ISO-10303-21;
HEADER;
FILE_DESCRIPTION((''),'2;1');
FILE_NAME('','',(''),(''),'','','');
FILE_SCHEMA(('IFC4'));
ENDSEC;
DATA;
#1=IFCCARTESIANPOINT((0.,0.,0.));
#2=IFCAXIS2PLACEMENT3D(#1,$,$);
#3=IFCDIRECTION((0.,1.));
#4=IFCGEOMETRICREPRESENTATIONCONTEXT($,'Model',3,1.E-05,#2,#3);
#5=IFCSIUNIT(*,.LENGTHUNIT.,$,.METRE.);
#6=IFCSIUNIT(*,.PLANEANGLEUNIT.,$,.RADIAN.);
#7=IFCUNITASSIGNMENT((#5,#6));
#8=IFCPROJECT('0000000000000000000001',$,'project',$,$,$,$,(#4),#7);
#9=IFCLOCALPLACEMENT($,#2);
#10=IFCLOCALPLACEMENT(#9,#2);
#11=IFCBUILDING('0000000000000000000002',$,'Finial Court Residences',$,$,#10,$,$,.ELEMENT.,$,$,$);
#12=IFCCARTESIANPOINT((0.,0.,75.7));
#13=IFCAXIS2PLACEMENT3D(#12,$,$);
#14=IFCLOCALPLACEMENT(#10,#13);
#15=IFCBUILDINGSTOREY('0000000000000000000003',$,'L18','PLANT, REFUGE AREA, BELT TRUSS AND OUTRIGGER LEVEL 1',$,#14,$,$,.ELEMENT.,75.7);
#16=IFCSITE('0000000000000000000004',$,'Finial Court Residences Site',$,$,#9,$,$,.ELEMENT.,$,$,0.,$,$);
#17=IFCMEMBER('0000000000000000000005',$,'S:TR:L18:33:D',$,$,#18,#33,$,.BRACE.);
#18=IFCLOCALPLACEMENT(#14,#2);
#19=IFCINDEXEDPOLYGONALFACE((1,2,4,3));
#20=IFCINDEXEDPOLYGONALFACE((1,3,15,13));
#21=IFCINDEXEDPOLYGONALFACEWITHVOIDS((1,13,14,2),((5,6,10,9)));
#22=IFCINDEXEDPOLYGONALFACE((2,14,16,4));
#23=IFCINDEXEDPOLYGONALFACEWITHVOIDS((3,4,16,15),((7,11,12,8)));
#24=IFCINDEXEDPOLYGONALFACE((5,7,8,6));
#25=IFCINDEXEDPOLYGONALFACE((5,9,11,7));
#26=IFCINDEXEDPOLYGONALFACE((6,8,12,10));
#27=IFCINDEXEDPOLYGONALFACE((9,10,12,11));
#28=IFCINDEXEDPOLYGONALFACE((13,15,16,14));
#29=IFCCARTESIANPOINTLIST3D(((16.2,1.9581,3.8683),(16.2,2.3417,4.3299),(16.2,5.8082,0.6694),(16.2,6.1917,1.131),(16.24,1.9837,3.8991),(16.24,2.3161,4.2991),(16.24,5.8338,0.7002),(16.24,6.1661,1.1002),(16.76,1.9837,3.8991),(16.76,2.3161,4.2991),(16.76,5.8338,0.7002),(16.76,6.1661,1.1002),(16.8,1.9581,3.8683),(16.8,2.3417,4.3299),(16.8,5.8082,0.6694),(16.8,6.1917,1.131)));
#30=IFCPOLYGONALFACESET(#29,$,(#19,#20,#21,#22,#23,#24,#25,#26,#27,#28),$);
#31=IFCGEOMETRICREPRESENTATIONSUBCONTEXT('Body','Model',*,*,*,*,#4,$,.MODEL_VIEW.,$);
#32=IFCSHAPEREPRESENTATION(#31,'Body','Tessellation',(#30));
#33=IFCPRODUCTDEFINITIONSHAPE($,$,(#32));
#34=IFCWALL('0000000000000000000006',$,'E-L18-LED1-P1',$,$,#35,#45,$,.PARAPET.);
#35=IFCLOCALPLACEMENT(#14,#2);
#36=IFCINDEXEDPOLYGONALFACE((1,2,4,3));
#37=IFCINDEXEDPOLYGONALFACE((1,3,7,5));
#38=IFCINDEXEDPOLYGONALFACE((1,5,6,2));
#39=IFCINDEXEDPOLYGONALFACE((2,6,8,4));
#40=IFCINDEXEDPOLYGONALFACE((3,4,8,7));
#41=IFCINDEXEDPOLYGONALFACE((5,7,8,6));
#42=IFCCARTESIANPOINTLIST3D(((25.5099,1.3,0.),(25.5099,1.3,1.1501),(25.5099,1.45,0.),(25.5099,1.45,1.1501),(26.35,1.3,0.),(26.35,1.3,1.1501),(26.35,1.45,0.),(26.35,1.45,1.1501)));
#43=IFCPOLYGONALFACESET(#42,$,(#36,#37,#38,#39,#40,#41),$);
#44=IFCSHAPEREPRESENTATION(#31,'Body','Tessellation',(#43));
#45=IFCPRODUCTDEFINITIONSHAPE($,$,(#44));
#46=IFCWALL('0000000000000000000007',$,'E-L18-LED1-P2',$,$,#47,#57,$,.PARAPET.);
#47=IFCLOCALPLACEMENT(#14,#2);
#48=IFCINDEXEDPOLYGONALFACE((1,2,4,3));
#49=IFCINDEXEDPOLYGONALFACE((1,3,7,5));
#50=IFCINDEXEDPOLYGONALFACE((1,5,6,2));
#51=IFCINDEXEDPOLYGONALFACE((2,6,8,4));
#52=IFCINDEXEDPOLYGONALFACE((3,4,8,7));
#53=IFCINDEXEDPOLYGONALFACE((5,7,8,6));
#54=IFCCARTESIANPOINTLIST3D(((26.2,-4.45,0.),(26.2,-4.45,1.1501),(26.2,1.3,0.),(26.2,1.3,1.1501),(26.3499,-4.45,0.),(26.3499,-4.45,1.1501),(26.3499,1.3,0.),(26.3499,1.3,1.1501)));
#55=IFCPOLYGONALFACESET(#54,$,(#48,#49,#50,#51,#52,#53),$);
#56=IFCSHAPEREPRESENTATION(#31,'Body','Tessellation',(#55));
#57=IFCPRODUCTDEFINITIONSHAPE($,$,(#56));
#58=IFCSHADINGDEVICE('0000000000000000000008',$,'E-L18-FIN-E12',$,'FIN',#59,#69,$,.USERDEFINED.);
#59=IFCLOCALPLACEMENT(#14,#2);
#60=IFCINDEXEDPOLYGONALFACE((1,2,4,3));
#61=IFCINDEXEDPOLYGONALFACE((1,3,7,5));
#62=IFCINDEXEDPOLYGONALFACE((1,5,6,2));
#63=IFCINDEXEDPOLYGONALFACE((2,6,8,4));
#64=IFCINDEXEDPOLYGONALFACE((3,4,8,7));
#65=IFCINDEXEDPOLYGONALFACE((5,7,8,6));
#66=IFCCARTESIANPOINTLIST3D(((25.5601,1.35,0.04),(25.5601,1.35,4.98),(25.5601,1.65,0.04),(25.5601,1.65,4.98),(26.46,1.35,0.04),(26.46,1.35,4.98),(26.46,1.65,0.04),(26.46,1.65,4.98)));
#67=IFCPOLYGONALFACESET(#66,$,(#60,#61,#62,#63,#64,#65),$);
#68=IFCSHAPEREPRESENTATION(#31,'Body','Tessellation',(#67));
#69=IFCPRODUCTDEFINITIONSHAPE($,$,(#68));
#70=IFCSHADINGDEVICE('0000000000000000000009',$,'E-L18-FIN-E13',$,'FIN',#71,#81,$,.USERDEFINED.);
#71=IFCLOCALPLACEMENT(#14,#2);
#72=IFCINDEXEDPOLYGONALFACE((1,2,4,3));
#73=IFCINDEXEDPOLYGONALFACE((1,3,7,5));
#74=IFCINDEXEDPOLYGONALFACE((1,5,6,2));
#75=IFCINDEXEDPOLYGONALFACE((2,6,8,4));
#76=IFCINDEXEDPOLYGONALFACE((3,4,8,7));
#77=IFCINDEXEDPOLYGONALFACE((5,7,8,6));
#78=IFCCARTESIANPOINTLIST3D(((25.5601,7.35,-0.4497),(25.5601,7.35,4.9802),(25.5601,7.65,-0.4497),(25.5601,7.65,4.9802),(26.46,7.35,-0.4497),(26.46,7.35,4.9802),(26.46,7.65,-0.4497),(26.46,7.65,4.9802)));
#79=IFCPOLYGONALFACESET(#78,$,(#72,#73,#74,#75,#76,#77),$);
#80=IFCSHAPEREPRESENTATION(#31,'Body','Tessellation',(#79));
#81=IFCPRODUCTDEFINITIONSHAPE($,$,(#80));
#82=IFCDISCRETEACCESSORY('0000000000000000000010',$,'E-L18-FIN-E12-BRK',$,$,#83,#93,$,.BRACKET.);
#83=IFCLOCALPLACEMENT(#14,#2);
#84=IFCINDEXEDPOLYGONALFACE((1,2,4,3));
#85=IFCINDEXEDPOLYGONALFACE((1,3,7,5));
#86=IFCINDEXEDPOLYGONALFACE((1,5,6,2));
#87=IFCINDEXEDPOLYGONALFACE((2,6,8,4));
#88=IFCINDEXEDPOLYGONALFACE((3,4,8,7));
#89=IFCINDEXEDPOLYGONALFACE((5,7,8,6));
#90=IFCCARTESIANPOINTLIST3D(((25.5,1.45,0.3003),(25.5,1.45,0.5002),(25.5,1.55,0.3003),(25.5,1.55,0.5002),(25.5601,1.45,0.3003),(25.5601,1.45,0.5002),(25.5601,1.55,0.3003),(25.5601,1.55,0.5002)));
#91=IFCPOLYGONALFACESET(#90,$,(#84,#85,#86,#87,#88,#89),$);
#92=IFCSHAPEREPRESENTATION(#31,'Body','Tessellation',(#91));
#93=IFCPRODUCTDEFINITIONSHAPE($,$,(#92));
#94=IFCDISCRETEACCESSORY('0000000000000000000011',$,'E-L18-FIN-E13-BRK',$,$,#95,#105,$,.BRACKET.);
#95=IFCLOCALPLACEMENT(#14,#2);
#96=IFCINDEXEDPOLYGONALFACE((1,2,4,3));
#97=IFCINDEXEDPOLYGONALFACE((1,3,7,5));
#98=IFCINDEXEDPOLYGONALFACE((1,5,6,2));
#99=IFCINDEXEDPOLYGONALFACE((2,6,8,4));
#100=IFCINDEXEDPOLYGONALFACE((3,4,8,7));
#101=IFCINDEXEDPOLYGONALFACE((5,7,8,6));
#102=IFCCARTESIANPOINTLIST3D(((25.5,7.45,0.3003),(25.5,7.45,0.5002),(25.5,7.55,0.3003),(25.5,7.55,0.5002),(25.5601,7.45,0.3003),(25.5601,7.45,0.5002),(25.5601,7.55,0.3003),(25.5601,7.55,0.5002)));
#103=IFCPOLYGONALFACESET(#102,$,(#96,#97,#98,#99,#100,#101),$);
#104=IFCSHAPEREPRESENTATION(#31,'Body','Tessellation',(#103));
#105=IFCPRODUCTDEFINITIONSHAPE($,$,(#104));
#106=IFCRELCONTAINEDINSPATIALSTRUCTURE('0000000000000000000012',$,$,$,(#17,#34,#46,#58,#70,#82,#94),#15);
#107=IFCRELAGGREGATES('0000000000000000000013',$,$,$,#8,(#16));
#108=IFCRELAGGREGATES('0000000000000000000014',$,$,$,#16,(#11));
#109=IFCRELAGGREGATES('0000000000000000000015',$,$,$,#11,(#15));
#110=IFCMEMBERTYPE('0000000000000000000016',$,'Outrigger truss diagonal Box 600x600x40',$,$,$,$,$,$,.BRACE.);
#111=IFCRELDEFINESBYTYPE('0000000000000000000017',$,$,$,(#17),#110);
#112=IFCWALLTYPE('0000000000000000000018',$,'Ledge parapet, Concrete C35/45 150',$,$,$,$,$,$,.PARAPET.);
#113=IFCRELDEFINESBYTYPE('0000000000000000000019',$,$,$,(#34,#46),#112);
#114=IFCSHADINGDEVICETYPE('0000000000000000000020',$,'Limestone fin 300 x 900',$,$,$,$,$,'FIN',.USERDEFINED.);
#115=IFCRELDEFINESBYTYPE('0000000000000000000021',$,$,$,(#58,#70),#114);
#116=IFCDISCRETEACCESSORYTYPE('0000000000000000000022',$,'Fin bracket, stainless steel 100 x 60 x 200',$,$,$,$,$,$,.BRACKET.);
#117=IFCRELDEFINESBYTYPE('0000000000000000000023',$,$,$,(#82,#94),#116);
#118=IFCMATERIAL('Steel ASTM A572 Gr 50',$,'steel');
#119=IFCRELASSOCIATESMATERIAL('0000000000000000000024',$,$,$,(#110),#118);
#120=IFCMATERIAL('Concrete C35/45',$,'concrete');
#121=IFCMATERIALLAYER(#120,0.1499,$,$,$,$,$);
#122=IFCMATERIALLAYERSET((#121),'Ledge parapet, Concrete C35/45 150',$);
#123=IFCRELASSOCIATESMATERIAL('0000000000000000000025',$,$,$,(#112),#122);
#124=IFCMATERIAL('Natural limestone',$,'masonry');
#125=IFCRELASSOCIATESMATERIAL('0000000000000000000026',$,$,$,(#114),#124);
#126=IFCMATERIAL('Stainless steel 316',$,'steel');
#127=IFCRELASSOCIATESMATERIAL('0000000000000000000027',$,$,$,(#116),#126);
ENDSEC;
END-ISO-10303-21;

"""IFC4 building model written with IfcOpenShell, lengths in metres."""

from ifc_helpers import new_model, si_unit, direction, frame, frame_2d, origin, origin_2d, place, context, subcontext, project, spatial, rectangle, hollow_rectangle, extrude, material, layer, layer_set, material_profile, profile_set, type_object, element, save


model = new_model("IFC4")

# Units and contexts
model_context = context("Model", 3, precision=1e-05, world=origin(), true_north=direction((0.0, 1.0)))
body_context = subcontext(model_context, "Body", "Model", "MODEL_VIEW")
ifc_project = project(units=[si_unit("LENGTHUNIT", "METRE"), si_unit("PLANEANGLEUNIT", "RADIAN")], contexts=[model_context])

# Site, building, storey
site_placement = place(None, origin())
site = spatial("IfcSite", under=ifc_project, at=site_placement, Name="Finial Court Residences Site", CompositionType="ELEMENT", RefElevation=0.0)
building_placement = place(site_placement, origin())
building = spatial("IfcBuilding", under=site, at=building_placement, Name="Finial Court Residences", CompositionType="ELEMENT")
storey_placement = place(building_placement, frame((0.0, 0.0, 75.7)))
storey = spatial("IfcBuildingStorey", under=building, at=storey_placement, Name="L18", Description="PLANT, REFUGE AREA, BELT TRUSS AND OUTRIGGER LEVEL 1", CompositionType="ELEMENT", Elevation=75.7)

# Member
ifc_material_1 = material(Name="Steel ASTM A572 Gr 50", Category="steel")
ifc_material_profile_1 = material_profile(ifc_material_1, hollow_rectangle(XDim=0.6001, YDim=0.6001, WallThickness=0.04, at=origin_2d()), Name="Box 600x600x40")
ifc_profile_set_1 = profile_set([ifc_material_profile_1], Name="Steel ASTM A572 Gr 50")
member_type_1 = type_object("IfcMemberType", Name="Outrigger truss diagonal Box 600x600x40", PredefinedType="BRACE", material=ifc_profile_set_1)
member_placement = place(storey_placement, frame((16.5, 2.1499, 4.0991), z_axis=(0.0, 0.769148, -0.639071), x_axis=(-1.0, 0.0, 0.0)))
element("IfcMember", 1, at=member_placement, inside=storey, type_object=member_type_1, Name="S:TR:L18:33:D", PredefinedType="BRACE", context=body_context, shape_type="SweptSolid", body=[
    extrude(hollow_rectangle(XDim=0.6001, YDim=0.6001, WallThickness=0.04, at=origin_2d()), origin(), (0.0, 0.0, 1.0), 5.0056),
])

# Walls
ifc_material_2 = material(Name="Concrete C35/45", Category="concrete")
ifc_layer = layer(ifc_material_2, 0.1499)
ifc_layer_set = layer_set([ifc_layer], Name="Ledge parapet, Concrete C35/45 150")
wall_type = type_object("IfcWallType", Name="Ledge parapet, Concrete C35/45 150", PredefinedType="PARAPET", material=ifc_layer_set)
wall_1_placement = place(storey_placement, frame((25.51, 1.375, 0.0), z_axis=(0.0, 0.0, 1.0), x_axis=(1.0, 0.0, 0.0)))
element("IfcWall", 2, at=wall_1_placement, inside=storey, type_object=wall_type, Name="E-L18-LED1-P1", PredefinedType="PARAPET", context=body_context, shape_type="SweptSolid", body=[
    extrude(rectangle(XDim=0.8401, YDim=0.1499, at=frame_2d((0.4199, 0.0))), origin(), (0.0, 0.0, 1.0), 1.1501),
])
wall_2_placement = place(storey_placement, frame((26.2749, 1.3, 0.0), z_axis=(0.0, 0.0, 1.0), x_axis=(0.0, -1.0, 0.0)))
element("IfcWall", 3, at=wall_2_placement, inside=storey, type_object=wall_type, Name="E-L18-LED1-P2", PredefinedType="PARAPET", context=body_context, shape_type="SweptSolid", body=[
    extrude(rectangle(XDim=5.75, YDim=0.1499, at=frame_2d((2.875, 0.0))), origin(), (0.0, 0.0, 1.0), 1.1501),
])

# Shading devices
ifc_material_3 = material(Name="Natural limestone", Category="masonry")
shading_device_type = type_object("IfcShadingDeviceType", Name="Limestone fin 300 x 900", ElementType="FIN", PredefinedType="USERDEFINED", material=ifc_material_3)
shading_device_1_placement = place(storey_placement, frame((26.01, 1.5, 0.04), z_axis=(0.0, 0.0, 1.0), x_axis=(1.0, 0.0, 0.0)))
element("IfcShadingDevice", 4, at=shading_device_1_placement, inside=storey, type_object=shading_device_type, Name="E-L18-FIN-E12", ObjectType="FIN", PredefinedType="USERDEFINED", context=body_context, shape_type="SweptSolid", body=[
    extrude(rectangle(XDim=0.8999, YDim=0.3, at=origin_2d()), origin(), (0.0, 0.0, 1.0), 4.9399),
])
shading_device_2_placement = place(storey_placement, frame((26.01, 7.5, -0.4497), z_axis=(0.0, 0.0, 1.0), x_axis=(1.0, 0.0, 0.0)))
element("IfcShadingDevice", 5, at=shading_device_2_placement, inside=storey, type_object=shading_device_type, Name="E-L18-FIN-E13", ObjectType="FIN", PredefinedType="USERDEFINED", context=body_context, shape_type="SweptSolid", body=[
    extrude(rectangle(XDim=0.8999, YDim=0.3, at=origin_2d()), origin(), (0.0, 0.0, 1.0), 5.4299),
])

# Discrete accessories
ifc_material_4 = material(Name="Stainless steel 316", Category="steel")
discrete_accessory_type = type_object("IfcDiscreteAccessoryType", Name="Fin bracket, stainless steel 100 x 60 x 200", PredefinedType="BRACKET", material=ifc_material_4)
for number, where, z_axis, x_axis, name in (
    (6, (25.53, 1.5, 0.3003), (0.0, 0.0, 1.0), (1.0, 0.0, 0.0), "E-L18-FIN-E12-BRK"),
    (7, (25.53, 7.5, 0.3003), (0.0, 0.0, 1.0), (1.0, 0.0, 0.0), "E-L18-FIN-E13-BRK"),
):
    element("IfcDiscreteAccessory", number, at=place(storey_placement, frame(where, z_axis=z_axis, x_axis=x_axis)), inside=storey, type_object=discrete_accessory_type, Name=name, PredefinedType="BRACKET", context=body_context, shape_type="SweptSolid", body=[
        extrude(rectangle(XDim=0.0601, YDim=0.1001, at=origin_2d()), origin(), (0.0, 0.0, 1.0), 0.2),
    ])

save(model, "model.ifc")
